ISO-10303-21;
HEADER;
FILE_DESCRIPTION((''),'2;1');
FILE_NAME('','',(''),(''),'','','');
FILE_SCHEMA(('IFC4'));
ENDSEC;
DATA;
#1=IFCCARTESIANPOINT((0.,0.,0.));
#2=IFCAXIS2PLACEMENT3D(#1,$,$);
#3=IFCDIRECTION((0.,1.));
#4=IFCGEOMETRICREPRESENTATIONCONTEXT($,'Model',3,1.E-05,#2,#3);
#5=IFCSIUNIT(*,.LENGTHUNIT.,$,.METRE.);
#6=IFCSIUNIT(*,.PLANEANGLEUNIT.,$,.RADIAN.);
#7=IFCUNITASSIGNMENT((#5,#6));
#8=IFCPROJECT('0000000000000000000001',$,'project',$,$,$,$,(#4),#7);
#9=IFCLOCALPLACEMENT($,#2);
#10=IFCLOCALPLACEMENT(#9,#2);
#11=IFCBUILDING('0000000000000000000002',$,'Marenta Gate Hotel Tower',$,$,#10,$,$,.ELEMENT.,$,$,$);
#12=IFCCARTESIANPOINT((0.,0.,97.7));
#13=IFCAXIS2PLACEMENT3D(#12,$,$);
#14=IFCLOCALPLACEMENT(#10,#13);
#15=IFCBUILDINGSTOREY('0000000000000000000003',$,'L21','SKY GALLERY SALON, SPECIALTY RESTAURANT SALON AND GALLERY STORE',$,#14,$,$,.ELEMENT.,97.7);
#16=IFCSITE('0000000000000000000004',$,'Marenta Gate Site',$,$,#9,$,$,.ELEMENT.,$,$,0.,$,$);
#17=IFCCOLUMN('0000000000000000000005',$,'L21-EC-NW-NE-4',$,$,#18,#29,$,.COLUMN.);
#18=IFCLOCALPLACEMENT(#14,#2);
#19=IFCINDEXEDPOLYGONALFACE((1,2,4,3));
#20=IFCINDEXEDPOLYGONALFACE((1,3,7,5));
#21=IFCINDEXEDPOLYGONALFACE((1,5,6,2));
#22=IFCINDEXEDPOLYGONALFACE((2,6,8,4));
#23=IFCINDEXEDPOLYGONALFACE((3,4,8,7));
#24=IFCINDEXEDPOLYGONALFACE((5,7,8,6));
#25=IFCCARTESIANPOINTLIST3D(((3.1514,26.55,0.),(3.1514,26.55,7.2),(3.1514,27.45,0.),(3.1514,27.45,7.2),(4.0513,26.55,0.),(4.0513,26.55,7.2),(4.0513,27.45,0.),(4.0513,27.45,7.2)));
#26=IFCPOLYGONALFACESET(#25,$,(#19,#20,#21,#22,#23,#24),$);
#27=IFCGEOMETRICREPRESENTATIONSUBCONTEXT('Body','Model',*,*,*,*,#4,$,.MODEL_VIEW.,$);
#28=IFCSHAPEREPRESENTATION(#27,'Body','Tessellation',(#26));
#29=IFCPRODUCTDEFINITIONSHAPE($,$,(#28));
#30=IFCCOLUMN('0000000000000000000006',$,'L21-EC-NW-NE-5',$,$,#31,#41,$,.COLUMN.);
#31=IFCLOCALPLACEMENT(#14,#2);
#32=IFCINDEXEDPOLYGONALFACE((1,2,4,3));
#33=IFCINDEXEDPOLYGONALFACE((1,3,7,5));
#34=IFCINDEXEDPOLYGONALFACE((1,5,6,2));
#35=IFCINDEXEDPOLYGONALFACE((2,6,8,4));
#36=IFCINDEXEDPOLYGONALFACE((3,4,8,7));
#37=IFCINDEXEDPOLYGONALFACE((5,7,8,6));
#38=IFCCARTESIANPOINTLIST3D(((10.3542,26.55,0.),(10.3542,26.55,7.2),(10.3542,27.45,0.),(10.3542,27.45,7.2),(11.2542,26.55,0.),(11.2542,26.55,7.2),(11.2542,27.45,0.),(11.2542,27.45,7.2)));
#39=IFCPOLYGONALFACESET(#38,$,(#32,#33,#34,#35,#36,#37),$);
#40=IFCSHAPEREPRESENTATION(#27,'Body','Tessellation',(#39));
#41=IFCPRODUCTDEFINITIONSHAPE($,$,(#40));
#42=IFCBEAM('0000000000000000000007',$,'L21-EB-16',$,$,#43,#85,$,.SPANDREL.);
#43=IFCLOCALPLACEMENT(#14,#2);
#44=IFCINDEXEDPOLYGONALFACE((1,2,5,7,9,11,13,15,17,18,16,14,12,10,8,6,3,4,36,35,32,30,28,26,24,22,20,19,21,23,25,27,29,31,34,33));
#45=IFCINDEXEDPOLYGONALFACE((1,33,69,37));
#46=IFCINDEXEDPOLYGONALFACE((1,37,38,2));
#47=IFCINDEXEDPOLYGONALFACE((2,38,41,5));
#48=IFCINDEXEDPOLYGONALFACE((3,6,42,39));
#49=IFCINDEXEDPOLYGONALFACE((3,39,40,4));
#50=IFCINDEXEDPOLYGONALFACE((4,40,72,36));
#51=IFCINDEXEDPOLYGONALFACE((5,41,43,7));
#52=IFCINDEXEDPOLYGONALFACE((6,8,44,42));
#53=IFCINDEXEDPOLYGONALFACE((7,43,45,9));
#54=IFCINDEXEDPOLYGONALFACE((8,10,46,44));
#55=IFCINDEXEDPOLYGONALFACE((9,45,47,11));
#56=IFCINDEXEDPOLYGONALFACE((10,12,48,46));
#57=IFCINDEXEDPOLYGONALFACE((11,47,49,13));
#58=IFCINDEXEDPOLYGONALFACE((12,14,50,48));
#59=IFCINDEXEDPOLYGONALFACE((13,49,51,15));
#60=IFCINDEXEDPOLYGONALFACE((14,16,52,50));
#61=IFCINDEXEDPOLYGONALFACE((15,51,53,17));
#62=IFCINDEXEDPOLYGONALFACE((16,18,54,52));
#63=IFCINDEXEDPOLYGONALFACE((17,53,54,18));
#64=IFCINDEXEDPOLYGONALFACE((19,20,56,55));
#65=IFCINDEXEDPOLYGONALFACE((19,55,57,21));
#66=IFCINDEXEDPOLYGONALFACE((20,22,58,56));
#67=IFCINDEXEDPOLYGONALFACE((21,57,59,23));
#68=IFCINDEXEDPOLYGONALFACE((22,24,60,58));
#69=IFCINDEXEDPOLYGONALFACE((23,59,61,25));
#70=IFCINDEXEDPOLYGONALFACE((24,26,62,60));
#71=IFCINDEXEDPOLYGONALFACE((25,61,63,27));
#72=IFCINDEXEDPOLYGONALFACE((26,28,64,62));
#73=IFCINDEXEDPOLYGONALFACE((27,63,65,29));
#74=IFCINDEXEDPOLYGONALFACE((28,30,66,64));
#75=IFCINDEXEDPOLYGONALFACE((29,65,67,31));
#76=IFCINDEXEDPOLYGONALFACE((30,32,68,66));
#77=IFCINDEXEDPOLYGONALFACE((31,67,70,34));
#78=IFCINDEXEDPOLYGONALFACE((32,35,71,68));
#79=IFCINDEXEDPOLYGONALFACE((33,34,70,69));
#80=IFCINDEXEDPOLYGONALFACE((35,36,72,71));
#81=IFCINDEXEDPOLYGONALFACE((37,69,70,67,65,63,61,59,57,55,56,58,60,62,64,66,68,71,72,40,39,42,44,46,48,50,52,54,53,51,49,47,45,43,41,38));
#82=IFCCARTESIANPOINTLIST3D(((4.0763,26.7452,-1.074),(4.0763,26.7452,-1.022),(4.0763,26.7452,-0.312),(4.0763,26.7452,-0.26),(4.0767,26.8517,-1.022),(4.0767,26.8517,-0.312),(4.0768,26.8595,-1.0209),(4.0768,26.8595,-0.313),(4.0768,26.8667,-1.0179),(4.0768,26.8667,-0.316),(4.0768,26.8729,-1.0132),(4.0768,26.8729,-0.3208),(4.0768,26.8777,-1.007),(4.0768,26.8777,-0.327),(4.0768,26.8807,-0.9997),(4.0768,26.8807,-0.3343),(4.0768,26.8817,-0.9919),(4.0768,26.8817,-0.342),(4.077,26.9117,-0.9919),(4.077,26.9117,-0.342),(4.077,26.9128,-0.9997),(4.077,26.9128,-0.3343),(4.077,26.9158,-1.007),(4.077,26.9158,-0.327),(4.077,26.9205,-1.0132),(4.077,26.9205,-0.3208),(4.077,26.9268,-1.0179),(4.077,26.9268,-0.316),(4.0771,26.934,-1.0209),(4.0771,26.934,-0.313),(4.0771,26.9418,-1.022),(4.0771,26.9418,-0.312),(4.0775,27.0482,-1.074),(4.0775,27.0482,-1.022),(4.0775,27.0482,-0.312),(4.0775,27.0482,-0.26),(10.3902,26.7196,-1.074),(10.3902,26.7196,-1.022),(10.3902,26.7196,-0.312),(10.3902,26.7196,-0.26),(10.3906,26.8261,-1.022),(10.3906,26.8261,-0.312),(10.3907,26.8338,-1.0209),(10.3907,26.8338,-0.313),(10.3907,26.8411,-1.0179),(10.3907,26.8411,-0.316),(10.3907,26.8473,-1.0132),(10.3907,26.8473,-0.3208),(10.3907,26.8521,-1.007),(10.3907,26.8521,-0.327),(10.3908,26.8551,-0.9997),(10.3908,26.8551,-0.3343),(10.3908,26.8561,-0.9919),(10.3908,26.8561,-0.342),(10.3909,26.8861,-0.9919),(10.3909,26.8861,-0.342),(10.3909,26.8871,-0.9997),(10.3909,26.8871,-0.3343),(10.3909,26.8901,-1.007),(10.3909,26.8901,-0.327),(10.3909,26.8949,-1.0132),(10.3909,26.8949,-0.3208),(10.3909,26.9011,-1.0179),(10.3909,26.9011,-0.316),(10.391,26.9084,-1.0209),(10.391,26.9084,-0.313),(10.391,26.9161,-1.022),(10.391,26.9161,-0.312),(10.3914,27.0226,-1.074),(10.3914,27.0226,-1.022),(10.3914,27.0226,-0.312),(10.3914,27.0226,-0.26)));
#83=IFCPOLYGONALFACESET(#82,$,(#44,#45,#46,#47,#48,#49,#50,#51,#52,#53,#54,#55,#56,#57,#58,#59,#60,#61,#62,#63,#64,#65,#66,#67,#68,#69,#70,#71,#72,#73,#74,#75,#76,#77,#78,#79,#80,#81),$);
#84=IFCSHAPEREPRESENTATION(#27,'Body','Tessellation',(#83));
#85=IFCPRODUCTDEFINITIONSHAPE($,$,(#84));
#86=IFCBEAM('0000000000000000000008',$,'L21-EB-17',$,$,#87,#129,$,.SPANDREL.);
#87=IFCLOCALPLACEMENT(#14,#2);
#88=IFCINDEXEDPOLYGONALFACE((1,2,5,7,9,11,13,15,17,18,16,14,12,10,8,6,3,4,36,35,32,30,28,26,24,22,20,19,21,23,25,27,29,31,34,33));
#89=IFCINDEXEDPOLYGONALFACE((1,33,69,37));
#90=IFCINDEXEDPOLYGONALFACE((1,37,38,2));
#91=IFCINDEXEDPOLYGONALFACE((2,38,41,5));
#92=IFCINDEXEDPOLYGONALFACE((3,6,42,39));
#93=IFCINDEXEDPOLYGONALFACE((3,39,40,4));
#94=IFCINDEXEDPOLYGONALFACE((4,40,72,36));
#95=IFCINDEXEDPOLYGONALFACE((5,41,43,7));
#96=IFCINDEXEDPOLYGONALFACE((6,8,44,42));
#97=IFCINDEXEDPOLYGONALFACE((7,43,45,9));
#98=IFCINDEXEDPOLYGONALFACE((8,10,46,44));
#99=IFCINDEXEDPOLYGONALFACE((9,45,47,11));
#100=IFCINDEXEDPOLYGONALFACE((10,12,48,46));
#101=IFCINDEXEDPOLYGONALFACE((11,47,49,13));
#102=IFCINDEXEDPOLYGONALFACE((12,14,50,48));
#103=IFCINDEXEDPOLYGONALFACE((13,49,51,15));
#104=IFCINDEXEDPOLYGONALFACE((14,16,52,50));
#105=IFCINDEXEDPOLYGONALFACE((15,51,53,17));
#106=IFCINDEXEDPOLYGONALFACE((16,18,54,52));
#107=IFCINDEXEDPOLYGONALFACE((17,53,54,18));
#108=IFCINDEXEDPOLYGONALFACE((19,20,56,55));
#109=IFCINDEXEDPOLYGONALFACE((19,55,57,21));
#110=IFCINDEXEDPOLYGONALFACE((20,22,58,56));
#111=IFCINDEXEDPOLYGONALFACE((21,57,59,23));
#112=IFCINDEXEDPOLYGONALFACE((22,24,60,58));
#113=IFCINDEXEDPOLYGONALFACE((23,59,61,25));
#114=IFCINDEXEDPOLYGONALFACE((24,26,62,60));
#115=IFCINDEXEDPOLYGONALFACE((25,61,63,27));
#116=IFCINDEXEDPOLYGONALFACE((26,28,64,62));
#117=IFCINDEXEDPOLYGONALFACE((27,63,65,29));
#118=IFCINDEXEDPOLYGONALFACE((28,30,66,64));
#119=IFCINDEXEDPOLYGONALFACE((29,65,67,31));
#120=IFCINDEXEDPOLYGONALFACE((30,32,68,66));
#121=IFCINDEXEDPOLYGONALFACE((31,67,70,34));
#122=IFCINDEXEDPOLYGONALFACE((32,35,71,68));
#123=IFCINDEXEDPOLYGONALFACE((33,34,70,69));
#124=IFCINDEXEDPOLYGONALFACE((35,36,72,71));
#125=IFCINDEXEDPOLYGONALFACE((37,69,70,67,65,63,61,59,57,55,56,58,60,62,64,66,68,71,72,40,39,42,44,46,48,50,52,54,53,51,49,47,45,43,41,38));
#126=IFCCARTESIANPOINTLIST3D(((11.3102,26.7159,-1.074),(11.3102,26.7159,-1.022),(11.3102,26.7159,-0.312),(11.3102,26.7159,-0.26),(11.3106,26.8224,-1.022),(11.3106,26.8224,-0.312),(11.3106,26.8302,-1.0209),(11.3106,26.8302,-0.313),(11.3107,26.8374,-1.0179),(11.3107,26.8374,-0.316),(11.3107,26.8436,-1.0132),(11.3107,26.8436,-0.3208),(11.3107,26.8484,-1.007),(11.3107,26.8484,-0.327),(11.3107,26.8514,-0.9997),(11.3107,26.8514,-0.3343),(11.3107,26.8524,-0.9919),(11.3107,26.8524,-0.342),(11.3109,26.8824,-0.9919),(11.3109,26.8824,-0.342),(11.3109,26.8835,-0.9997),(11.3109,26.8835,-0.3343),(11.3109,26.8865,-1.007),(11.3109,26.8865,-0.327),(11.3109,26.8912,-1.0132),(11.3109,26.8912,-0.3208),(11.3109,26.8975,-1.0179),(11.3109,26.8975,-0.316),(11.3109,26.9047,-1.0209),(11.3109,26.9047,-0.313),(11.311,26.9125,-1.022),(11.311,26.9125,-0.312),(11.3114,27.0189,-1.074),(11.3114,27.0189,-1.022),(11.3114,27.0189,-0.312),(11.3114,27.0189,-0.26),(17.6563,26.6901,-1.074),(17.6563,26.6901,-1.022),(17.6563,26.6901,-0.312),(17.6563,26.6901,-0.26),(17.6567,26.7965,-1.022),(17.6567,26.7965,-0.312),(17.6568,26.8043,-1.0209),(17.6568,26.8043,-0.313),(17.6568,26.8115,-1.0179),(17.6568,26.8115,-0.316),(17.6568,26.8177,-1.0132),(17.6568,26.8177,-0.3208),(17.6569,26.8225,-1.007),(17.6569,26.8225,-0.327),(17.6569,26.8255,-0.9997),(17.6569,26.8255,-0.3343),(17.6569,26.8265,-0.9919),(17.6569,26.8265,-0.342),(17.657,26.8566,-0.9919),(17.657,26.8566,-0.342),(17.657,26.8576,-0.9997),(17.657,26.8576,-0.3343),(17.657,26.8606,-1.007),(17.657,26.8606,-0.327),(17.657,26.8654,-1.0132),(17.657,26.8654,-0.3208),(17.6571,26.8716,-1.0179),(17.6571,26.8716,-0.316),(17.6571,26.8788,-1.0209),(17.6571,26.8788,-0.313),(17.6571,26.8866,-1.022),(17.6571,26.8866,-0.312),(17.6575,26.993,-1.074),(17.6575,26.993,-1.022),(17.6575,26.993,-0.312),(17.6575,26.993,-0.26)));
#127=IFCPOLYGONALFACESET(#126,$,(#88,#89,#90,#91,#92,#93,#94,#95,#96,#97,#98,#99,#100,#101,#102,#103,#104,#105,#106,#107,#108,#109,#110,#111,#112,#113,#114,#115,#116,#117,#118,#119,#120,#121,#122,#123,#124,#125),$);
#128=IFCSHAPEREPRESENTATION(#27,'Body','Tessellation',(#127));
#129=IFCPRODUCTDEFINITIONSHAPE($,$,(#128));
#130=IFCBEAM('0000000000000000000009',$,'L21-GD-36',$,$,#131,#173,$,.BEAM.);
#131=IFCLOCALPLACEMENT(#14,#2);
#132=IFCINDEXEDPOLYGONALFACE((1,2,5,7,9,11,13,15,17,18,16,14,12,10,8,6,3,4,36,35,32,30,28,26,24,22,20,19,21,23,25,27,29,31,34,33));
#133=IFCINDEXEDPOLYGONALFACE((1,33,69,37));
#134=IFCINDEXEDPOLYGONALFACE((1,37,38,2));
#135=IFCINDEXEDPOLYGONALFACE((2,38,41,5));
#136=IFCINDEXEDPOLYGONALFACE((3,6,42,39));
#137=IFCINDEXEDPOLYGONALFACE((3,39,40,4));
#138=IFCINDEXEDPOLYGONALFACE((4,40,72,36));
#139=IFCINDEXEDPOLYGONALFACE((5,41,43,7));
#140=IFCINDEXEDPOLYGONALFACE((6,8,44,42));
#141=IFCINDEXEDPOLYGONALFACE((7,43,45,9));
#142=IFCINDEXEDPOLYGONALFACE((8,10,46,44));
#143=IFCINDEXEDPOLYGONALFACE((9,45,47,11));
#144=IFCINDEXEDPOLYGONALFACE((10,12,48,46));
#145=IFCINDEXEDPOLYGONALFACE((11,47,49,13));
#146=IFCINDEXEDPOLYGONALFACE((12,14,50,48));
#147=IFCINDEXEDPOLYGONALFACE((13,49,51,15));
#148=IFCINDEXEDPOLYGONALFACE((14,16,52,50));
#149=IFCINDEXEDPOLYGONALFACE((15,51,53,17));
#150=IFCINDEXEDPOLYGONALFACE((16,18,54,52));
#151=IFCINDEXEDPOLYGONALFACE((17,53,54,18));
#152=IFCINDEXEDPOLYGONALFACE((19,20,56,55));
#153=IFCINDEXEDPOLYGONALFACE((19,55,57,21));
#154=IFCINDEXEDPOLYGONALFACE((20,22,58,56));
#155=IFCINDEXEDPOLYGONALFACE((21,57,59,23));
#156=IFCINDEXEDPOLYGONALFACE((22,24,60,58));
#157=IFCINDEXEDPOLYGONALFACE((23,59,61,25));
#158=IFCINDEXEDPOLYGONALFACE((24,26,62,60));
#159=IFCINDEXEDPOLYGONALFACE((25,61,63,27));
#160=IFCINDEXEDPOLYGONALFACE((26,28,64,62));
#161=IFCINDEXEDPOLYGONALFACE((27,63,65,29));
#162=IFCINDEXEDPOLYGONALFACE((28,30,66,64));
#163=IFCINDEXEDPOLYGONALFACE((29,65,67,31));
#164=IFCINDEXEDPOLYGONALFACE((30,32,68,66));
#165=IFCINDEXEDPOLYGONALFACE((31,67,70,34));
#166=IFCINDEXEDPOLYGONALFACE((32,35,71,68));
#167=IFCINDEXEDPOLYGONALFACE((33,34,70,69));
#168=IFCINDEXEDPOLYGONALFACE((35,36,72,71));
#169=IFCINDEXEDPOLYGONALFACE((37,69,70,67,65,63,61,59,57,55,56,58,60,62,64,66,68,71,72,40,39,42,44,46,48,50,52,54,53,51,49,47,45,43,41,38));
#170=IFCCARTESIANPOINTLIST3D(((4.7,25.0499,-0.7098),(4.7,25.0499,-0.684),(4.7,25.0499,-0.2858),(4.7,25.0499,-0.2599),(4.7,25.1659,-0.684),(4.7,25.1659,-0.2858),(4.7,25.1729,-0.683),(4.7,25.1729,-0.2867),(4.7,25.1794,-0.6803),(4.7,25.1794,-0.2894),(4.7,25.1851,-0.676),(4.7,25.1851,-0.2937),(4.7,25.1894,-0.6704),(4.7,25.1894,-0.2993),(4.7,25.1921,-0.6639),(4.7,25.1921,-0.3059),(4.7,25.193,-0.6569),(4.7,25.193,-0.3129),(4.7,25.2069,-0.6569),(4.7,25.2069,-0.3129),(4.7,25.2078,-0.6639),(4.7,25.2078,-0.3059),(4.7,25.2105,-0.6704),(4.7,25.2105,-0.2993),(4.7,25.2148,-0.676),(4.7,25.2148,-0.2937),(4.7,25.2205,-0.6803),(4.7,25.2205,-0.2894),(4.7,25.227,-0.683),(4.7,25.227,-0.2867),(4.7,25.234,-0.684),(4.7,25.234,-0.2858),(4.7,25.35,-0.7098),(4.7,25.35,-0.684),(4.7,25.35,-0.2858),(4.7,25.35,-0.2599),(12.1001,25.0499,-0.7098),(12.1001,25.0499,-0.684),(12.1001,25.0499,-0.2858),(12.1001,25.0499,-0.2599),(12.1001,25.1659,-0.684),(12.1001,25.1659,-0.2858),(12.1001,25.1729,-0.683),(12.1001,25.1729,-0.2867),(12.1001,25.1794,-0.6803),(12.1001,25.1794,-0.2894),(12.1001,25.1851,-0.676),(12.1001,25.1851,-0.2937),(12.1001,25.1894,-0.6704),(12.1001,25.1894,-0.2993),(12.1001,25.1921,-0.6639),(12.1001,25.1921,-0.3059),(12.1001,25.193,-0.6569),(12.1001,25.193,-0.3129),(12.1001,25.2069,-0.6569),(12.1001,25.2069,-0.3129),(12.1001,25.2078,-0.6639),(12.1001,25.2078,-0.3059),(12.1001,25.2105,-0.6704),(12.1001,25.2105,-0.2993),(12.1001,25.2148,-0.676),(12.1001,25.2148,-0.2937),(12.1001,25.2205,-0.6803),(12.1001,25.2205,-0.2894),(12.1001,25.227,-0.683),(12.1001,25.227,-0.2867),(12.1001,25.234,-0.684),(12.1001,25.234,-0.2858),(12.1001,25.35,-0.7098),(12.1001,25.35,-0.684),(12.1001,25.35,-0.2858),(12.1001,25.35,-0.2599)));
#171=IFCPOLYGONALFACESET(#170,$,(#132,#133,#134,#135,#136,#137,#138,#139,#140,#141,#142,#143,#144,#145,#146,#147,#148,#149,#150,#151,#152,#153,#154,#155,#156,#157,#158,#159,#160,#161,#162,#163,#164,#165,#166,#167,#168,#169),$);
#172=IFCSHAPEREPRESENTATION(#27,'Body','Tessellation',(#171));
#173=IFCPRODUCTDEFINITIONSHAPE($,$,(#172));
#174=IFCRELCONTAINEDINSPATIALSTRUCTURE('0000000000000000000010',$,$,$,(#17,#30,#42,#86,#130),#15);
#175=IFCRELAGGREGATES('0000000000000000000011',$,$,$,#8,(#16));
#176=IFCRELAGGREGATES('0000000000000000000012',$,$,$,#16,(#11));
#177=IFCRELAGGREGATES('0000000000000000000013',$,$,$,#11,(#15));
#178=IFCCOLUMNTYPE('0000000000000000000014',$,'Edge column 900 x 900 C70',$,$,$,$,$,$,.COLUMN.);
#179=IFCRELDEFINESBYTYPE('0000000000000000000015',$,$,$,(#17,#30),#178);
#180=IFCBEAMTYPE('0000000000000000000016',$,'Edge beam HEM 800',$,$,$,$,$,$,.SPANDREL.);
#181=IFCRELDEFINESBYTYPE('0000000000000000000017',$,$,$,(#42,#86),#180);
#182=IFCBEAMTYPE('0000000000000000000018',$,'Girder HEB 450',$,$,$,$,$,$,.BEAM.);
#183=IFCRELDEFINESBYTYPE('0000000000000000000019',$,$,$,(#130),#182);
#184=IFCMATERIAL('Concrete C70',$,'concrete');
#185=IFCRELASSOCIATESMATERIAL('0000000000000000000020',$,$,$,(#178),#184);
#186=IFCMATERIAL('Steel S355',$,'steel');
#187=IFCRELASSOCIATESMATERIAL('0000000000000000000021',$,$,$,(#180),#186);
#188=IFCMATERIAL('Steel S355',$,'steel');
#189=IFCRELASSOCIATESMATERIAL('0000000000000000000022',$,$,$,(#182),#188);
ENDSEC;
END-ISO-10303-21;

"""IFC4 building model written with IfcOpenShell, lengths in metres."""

from ifc_helpers import new_model, si_unit, direction, frame, origin, origin_2d, place, context, subcontext, project, spatial, rectangle, i_section, extrude, material, material_profile, profile_set, type_object, element, save


model = new_model("IFC4")

# Units and contexts
model_context = context("Model", 3, precision=1e-05, world=origin(), true_north=direction((0.0, 1.0)))
body_context = subcontext(model_context, "Body", "Model", "MODEL_VIEW")
ifc_project = project(units=[si_unit("LENGTHUNIT", "METRE"), si_unit("PLANEANGLEUNIT", "RADIAN")], contexts=[model_context])

# Site, building, storey
site_placement = place(None, origin())
site = spatial("IfcSite", under=ifc_project, at=site_placement, Name="Marenta Gate Site", CompositionType="ELEMENT", RefElevation=0.0)
building_placement = place(site_placement, origin())
building = spatial("IfcBuilding", under=site, at=building_placement, Name="Marenta Gate Hotel Tower", CompositionType="ELEMENT")
storey_placement = place(building_placement, frame((0.0, 0.0, 97.7)))
storey = spatial("IfcBuildingStorey", under=building, at=storey_placement, Name="L21", Description="SKY GALLERY SALON, SPECIALTY RESTAURANT SALON AND GALLERY STORE", CompositionType="ELEMENT", Elevation=97.7)

# Columns
ifc_material_1 = material(Name="Concrete C70", Category="concrete")
ifc_material_profile_1 = material_profile(ifc_material_1, rectangle(XDim=0.8999, YDim=0.8999, at=origin_2d()), Name="900 x 900")
ifc_profile_set_1 = profile_set([ifc_material_profile_1], Name="Concrete C70")
column_type = type_object("IfcColumnType", Name="Edge column 900 x 900 C70", PredefinedType="COLUMN", material=ifc_profile_set_1)
for number, where, z_axis, x_axis, name in (
    (1, (3.6013, 27.0, 0.0), (0.0, 0.0, 1.0), (1.0, 0.0, 0.0), "L21-EC-NW-NE-4"),
    (2, (10.8042, 27.0, 0.0), (0.0, 0.0, 1.0), (1.0, 0.0, 0.0), "L21-EC-NW-NE-5"),
):
    element("IfcColumn", number, at=place(storey_placement, frame(where, z_axis=z_axis, x_axis=x_axis)), inside=storey, type_object=column_type, Name=name, PredefinedType="COLUMN", context=body_context, shape_type="SweptSolid", body=[
        extrude(rectangle(XDim=0.8999, YDim=0.8999, at=origin_2d()), origin(), (0.0, 0.0, 1.0), 7.2),
    ])

# Beams
ifc_material_2 = material(Name="Steel S355", Category="steel")
ifc_material_profile_2 = material_profile(ifc_material_2, i_section(OverallWidth=0.303, OverallDepth=0.814, WebThickness=0.03, FlangeThickness=0.052, FilletRadius=0.03, at=origin_2d()), Name="HEM 800")
ifc_profile_set_2 = profile_set([ifc_material_profile_2], Name="Steel S355")
beam_type_1 = type_object("IfcBeamType", Name="Edge beam HEM 800", PredefinedType="SPANDREL", material=ifc_profile_set_2)
beam_1_placement = place(storey_placement, frame((4.0769, 26.8967, -0.667), z_axis=(0.999992, -0.00406, 0.0), x_axis=(0.00406, 0.999992, 0.0)))
element("IfcBeam", 3, at=beam_1_placement, inside=storey, type_object=beam_type_1, Name="L21-EB-16", PredefinedType="SPANDREL", context=body_context, shape_type="SweptSolid", body=[
    extrude(i_section(OverallWidth=0.303, OverallDepth=0.814, WebThickness=0.03, FlangeThickness=0.052, FilletRadius=0.03, at=origin_2d()), origin(), (0.0, 0.0, 1.0), 6.314),
])
beam_2_placement = place(storey_placement, frame((11.3108, 26.8674, -0.667), z_axis=(0.999992, -0.004078, 0.0), x_axis=(0.004078, 0.999992, 0.0)))
element("IfcBeam", 4, at=beam_2_placement, inside=storey, type_object=beam_type_1, Name="L21-EB-17", PredefinedType="SPANDREL", context=body_context, shape_type="SweptSolid", body=[
    extrude(i_section(OverallWidth=0.303, OverallDepth=0.814, WebThickness=0.03, FlangeThickness=0.052, FilletRadius=0.03, at=origin_2d()), origin(), (0.0, 0.0, 1.0), 6.3462),
])
ifc_material_3 = material(Name="Steel S355", Category="steel")
ifc_material_profile_3 = material_profile(ifc_material_3, i_section(OverallWidth=0.3, OverallDepth=0.45, WebThickness=0.0139, FlangeThickness=0.0259, FilletRadius=0.0271, at=origin_2d()), Name="HEB 450")
ifc_profile_set_3 = profile_set([ifc_material_profile_3], Name="Steel S355")
beam_type_2 = type_object("IfcBeamType", Name="Girder HEB 450", PredefinedType="BEAM", material=ifc_profile_set_3)
beam_3_placement = place(storey_placement, frame((4.7, 25.2, -0.4849), z_axis=(1.0, 0.0, 0.0), x_axis=(0.0, 1.0, 0.0)))
element("IfcBeam", 5, at=beam_3_placement, inside=storey, type_object=beam_type_2, Name="L21-GD-36", PredefinedType="BEAM", context=body_context, shape_type="SweptSolid", body=[
    extrude(i_section(OverallWidth=0.3, OverallDepth=0.45, WebThickness=0.0139, FlangeThickness=0.0259, FilletRadius=0.0271, at=origin_2d()), origin(), (0.0, 0.0, 1.0), 7.4001),
])

save(model, "model.ifc")
